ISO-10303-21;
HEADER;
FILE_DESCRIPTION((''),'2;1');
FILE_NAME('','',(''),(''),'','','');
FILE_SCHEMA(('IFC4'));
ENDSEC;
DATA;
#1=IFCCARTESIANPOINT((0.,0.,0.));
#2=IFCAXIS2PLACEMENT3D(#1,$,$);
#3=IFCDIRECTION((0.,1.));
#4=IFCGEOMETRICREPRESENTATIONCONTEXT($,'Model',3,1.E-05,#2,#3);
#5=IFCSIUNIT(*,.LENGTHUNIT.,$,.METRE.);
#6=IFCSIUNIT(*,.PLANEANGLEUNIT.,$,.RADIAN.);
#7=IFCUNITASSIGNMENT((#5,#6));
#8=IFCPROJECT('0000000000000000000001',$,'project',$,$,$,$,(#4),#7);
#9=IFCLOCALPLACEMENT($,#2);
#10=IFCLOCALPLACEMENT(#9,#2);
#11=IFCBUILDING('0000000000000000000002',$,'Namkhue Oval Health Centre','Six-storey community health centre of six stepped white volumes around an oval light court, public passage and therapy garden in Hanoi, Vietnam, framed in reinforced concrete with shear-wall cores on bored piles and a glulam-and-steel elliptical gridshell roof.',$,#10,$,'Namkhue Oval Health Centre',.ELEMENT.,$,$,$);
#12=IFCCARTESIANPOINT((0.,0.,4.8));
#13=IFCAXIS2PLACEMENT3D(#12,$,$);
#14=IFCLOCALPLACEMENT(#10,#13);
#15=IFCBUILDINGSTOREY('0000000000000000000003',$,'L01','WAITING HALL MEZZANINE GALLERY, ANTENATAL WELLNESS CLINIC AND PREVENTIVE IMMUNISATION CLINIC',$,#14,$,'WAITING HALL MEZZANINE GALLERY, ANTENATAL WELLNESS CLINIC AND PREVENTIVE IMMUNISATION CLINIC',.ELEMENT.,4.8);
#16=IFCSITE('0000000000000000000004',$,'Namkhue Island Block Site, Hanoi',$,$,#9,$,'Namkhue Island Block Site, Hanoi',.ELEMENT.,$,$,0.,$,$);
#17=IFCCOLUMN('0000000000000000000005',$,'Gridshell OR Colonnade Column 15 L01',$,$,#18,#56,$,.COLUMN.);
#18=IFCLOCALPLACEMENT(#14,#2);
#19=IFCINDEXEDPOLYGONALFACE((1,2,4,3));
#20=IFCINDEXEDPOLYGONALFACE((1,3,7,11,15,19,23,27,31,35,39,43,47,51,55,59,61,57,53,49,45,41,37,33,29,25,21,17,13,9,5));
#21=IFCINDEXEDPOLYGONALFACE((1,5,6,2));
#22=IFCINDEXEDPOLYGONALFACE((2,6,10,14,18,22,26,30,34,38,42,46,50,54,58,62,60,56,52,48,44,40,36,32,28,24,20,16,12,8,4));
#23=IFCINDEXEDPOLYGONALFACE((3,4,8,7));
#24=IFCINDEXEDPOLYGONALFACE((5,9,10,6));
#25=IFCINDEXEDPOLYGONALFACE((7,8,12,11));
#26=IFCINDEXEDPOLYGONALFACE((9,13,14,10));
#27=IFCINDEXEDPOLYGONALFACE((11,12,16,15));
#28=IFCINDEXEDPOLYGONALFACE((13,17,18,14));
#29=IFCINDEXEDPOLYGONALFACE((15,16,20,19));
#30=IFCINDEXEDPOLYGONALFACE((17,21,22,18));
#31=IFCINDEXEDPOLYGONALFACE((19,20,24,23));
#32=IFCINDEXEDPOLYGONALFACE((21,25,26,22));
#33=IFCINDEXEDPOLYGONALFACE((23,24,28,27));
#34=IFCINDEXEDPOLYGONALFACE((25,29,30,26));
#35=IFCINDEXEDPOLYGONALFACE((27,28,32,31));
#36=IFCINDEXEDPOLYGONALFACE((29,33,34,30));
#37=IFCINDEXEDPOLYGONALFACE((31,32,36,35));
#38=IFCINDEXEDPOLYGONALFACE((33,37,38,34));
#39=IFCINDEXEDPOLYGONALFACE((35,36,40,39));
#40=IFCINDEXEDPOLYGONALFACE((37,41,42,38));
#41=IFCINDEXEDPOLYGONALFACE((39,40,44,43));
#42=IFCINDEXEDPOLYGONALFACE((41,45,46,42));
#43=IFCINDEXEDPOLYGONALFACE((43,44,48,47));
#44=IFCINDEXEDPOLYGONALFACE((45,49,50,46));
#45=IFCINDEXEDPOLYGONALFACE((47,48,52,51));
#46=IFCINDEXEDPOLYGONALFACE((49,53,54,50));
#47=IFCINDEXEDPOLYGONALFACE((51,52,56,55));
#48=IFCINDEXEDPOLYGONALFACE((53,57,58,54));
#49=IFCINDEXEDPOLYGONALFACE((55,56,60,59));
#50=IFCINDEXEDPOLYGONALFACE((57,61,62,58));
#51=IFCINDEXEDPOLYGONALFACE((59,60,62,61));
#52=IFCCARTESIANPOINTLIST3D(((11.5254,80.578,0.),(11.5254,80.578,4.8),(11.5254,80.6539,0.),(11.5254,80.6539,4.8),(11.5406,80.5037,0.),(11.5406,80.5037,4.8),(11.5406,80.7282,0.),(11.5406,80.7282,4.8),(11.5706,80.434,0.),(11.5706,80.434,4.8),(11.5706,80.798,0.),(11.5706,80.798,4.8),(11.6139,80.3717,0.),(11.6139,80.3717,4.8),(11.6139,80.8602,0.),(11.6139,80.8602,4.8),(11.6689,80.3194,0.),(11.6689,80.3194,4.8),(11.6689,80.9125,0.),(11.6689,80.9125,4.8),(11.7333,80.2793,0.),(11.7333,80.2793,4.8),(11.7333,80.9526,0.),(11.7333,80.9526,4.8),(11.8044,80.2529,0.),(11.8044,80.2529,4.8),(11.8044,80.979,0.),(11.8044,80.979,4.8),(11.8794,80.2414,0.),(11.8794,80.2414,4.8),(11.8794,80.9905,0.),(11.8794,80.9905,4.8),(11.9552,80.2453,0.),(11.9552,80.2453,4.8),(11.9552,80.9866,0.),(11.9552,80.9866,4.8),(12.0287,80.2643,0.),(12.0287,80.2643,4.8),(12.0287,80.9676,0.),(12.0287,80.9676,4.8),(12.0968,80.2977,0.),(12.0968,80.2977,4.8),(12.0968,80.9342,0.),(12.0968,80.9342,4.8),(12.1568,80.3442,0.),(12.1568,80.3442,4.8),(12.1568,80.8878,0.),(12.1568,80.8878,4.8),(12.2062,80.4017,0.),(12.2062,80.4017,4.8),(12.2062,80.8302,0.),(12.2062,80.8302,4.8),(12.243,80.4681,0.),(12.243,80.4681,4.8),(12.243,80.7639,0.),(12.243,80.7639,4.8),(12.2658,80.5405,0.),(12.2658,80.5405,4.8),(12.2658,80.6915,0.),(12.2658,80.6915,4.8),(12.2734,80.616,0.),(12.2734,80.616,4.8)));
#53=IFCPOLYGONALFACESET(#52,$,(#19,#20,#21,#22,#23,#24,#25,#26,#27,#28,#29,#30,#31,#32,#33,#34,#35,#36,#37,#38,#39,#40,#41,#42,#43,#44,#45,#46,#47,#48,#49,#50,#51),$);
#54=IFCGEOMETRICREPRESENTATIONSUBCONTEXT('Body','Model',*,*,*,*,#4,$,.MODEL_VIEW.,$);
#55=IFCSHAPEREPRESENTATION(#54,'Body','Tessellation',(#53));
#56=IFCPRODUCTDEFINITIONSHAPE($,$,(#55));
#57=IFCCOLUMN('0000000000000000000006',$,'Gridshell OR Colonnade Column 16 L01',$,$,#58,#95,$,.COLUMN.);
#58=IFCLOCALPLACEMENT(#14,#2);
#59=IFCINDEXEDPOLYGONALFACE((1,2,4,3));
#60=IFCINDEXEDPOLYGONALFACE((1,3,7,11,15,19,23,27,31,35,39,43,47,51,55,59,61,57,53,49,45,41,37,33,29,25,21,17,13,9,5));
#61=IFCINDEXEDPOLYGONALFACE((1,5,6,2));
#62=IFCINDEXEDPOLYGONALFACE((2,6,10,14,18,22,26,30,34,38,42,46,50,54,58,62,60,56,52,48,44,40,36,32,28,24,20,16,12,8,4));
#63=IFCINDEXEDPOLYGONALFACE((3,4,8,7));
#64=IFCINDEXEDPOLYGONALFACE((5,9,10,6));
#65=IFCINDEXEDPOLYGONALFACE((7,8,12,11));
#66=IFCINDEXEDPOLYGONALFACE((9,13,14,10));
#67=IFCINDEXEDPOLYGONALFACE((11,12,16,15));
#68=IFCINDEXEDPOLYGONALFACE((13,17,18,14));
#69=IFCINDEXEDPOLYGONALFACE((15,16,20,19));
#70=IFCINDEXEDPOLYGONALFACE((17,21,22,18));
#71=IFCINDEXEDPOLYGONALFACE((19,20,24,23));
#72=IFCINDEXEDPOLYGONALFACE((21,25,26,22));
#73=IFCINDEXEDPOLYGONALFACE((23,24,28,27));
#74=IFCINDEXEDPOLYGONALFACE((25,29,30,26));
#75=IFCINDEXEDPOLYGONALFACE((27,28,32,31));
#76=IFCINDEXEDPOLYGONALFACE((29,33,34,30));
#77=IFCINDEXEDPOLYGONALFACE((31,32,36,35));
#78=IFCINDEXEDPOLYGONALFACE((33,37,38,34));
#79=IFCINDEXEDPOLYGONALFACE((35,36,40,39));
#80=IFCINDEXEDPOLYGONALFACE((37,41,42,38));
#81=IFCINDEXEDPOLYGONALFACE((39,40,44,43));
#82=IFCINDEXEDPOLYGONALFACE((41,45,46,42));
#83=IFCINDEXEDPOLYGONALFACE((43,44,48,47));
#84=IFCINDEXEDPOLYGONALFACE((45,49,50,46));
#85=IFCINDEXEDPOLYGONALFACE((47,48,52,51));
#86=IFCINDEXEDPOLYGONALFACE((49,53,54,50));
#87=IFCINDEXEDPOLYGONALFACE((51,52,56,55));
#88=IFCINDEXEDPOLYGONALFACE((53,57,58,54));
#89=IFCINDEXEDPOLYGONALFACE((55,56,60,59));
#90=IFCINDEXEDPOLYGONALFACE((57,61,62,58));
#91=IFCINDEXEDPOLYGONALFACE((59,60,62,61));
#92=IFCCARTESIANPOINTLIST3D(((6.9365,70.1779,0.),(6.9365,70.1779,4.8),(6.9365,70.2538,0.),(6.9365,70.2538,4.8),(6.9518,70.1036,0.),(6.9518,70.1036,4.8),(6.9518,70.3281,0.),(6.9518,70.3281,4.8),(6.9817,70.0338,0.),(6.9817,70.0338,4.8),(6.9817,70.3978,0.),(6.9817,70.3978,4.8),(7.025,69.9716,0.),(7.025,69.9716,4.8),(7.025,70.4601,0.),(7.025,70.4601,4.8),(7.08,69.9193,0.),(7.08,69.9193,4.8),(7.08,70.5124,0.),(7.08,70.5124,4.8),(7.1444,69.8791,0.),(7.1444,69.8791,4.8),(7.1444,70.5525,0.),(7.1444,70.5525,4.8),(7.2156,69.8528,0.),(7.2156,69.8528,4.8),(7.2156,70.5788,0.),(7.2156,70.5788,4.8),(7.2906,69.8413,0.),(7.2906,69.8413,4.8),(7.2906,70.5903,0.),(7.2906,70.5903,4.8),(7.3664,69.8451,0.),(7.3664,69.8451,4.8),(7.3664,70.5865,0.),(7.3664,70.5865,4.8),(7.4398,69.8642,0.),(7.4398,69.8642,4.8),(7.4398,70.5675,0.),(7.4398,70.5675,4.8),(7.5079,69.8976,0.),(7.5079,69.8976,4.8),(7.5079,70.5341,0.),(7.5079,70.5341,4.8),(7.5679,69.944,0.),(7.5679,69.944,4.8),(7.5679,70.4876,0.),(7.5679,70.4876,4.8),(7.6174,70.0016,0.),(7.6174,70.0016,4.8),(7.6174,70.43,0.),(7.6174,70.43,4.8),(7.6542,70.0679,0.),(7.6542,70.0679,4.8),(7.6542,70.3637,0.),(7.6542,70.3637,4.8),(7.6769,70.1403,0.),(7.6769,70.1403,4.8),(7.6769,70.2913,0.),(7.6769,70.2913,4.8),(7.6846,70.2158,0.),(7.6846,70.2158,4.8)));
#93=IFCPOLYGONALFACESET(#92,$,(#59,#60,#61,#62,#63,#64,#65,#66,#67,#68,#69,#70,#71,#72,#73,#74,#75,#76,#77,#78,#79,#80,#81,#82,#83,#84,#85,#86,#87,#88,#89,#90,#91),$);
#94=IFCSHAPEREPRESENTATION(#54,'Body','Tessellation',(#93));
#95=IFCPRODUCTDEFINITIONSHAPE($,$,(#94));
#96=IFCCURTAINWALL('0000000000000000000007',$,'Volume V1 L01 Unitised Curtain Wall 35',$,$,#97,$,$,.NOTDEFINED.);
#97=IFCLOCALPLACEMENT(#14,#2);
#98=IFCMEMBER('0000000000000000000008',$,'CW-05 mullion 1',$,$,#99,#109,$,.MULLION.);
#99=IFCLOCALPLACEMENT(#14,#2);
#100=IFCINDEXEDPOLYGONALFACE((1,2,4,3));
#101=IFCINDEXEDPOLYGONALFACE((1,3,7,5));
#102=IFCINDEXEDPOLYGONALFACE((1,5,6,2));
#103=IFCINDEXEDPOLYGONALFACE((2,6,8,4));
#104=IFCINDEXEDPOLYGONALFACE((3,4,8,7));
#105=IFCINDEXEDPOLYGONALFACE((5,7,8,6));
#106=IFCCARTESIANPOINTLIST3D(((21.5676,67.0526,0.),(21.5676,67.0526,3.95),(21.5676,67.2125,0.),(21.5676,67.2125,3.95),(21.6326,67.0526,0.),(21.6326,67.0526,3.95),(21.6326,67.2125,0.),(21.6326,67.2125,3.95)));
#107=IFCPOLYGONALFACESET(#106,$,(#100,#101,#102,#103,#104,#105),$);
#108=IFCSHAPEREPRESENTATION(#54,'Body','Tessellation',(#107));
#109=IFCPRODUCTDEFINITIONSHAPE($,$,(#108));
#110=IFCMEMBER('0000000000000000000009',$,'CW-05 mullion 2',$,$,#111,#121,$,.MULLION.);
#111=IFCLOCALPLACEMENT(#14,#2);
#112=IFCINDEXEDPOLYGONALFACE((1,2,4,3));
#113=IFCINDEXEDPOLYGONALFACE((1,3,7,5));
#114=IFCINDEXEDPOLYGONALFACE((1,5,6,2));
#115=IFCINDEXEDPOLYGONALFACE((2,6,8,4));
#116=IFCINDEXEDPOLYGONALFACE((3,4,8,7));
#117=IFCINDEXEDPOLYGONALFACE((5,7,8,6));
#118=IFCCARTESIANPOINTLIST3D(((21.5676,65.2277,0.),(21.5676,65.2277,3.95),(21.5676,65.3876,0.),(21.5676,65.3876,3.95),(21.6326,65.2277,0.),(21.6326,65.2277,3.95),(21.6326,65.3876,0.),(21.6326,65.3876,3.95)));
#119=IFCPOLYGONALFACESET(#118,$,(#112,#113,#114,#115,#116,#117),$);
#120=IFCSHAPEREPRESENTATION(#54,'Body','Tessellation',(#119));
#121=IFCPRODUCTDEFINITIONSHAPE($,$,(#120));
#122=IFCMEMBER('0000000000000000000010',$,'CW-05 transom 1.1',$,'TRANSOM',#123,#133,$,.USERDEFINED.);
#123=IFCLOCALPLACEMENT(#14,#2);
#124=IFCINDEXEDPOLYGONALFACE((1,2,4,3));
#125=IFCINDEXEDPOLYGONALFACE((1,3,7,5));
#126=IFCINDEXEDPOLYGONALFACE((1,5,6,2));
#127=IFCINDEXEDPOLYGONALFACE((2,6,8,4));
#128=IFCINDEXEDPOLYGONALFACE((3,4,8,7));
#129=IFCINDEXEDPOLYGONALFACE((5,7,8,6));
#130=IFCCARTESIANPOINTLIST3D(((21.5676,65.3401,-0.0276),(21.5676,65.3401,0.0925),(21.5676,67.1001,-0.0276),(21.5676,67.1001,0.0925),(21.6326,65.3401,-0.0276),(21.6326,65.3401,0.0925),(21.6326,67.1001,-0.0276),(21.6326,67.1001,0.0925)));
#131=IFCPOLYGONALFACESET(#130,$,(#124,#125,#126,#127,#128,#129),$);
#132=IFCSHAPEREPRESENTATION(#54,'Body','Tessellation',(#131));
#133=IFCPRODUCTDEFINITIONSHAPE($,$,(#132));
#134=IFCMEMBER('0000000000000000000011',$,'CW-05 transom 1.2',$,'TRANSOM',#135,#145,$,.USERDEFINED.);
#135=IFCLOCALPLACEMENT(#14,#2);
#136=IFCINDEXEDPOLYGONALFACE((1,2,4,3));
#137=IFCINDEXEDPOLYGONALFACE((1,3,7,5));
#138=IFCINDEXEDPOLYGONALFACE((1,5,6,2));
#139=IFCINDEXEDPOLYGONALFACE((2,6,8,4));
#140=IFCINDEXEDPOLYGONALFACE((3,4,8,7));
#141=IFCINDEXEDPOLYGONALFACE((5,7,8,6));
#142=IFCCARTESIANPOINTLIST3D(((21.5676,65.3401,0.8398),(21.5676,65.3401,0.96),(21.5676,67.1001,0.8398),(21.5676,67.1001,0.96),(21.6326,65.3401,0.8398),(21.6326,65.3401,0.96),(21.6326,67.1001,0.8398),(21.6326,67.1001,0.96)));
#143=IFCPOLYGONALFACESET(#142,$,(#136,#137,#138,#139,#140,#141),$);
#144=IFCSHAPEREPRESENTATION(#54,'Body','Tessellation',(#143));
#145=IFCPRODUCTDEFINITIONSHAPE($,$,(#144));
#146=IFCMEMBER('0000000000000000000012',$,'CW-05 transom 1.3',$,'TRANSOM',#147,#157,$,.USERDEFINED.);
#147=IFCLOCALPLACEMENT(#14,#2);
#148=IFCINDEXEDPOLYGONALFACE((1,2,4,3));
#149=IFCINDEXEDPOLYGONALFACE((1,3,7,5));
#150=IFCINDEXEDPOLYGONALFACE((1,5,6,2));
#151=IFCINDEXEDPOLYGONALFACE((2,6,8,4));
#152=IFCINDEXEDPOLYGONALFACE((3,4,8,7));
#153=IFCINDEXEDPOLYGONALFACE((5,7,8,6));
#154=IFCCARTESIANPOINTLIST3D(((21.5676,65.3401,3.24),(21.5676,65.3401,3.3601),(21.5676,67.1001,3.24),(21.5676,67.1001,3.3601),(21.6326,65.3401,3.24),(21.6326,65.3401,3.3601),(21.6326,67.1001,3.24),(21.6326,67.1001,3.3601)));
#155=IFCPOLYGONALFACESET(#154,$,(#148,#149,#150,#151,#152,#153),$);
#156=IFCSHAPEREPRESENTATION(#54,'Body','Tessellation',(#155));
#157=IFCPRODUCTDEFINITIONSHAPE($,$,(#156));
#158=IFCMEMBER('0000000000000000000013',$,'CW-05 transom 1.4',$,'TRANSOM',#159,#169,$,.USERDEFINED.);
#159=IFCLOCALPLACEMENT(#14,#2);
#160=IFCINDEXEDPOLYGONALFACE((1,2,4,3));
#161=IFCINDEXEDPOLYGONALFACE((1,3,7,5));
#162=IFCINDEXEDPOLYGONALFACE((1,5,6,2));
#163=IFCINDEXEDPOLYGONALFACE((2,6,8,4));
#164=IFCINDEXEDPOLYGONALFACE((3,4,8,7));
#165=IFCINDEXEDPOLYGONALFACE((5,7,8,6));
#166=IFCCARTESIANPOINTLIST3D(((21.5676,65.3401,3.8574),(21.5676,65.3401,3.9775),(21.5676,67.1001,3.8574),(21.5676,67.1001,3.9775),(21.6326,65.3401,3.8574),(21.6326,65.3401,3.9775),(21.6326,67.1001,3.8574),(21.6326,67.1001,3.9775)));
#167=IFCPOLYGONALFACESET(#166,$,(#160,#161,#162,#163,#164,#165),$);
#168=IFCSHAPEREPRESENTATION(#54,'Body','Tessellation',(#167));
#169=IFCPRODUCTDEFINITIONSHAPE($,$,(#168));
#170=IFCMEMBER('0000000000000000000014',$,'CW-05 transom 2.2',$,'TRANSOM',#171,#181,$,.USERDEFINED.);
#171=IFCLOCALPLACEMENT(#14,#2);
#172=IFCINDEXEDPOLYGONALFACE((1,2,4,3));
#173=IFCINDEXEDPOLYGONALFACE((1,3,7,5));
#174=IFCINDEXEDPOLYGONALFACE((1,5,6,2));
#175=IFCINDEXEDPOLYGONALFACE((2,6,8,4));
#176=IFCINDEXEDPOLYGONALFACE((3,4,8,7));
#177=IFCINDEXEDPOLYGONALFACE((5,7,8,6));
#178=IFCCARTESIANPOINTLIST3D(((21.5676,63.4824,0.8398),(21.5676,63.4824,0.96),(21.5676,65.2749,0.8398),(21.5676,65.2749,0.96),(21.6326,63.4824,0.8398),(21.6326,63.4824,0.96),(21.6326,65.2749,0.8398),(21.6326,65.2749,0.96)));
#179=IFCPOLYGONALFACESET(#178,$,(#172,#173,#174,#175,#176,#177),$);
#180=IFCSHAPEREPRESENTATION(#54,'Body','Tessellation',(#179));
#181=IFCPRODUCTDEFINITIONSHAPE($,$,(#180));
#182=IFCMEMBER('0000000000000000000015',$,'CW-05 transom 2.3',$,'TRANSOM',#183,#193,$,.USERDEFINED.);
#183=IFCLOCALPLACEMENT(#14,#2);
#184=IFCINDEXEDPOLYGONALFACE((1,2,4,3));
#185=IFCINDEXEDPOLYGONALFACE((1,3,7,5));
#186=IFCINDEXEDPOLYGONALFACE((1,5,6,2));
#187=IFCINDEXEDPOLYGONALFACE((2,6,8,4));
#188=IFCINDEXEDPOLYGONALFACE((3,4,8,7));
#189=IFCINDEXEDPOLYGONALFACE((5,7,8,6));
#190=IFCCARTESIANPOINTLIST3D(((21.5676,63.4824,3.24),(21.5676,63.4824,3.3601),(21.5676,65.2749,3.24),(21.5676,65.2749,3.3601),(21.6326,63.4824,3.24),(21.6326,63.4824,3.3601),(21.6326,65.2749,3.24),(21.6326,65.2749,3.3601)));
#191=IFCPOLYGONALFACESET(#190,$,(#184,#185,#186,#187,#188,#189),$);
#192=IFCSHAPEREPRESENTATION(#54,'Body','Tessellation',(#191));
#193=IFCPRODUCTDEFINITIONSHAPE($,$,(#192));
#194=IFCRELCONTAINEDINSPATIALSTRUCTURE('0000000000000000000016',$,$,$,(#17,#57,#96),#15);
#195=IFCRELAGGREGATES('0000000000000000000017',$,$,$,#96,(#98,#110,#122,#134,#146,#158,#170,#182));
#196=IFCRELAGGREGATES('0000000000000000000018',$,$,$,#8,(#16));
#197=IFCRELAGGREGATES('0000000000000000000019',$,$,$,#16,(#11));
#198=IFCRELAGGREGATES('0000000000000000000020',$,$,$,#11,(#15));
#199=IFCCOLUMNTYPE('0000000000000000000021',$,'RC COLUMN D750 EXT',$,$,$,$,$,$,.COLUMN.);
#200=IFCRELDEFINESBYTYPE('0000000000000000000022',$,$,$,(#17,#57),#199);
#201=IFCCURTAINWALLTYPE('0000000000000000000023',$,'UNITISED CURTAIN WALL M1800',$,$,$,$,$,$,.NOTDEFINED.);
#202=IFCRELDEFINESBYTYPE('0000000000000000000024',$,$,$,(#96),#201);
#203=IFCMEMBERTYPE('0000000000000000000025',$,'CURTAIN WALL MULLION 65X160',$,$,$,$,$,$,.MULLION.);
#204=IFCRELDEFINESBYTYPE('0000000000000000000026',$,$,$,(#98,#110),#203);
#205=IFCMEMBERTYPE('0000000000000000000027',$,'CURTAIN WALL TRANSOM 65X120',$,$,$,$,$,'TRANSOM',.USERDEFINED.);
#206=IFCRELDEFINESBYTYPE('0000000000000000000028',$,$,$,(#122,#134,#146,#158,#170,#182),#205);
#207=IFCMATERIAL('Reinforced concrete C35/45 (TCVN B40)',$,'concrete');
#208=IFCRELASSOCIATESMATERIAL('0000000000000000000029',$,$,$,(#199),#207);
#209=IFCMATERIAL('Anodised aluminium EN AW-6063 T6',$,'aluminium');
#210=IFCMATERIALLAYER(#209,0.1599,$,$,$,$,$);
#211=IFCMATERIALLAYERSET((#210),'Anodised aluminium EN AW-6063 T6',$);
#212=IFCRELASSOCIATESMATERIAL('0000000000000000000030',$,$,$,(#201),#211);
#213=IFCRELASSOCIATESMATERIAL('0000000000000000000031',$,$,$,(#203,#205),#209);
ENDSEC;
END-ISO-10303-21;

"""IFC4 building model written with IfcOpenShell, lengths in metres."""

from ifc_helpers import new_model, si_unit, direction, frame, origin, origin_2d, place, context, subcontext, project, spatial, rectangle, circle, extrude, material, layer, layer_set, material_profile, profile_set, type_object, element, aggregate, save


model = new_model("IFC4")

# Units and contexts
model_context = context("Model", 3, precision=1e-05, world=origin(), true_north=direction((0.0, 1.0)))
body_context = subcontext(model_context, "Body", "Model", "MODEL_VIEW")
ifc_project = project(units=[si_unit("LENGTHUNIT", "METRE"), si_unit("PLANEANGLEUNIT", "RADIAN")], contexts=[model_context])

# Site, building, storey
site_placement = place(None, origin())
site = spatial("IfcSite", under=ifc_project, at=site_placement, Name="Namkhue Island Block Site, Hanoi", LongName="Namkhue Island Block Site, Hanoi", CompositionType="ELEMENT", RefElevation=0.0)
building_placement = place(site_placement, origin())
building = spatial("IfcBuilding", under=site, at=building_placement, Name="Namkhue Oval Health Centre", Description="Six-storey community health centre of six stepped white volumes around an oval light court, public passage and therapy garden in Hanoi, Vietnam, framed in reinforced concrete with shear-wall cores on bored piles and a glulam-and-steel elliptical gridshell roof.", LongName="Namkhue Oval Health Centre", CompositionType="ELEMENT")
storey_placement = place(building_placement, frame((0.0, 0.0, 4.8)))
storey = spatial("IfcBuildingStorey", under=building, at=storey_placement, Name="L01", Description="WAITING HALL MEZZANINE GALLERY, ANTENATAL WELLNESS CLINIC AND PREVENTIVE IMMUNISATION CLINIC", LongName="WAITING HALL MEZZANINE GALLERY, ANTENATAL WELLNESS CLINIC AND PREVENTIVE IMMUNISATION CLINIC", CompositionType="ELEMENT", Elevation=4.8)

# Columns
ifc_material_1 = material(Name="Reinforced concrete C35/45 (TCVN B40)", Category="concrete")
ifc_material_profile_1 = material_profile(ifc_material_1, circle(Radius=0.375, at=origin_2d()), Name="RC D750")
ifc_profile_set_1 = profile_set([ifc_material_profile_1], Name="Reinforced concrete C35/45 (TCVN B40)")
column_type = type_object("IfcColumnType", Name="RC COLUMN D750 EXT", PredefinedType="COLUMN", material=ifc_profile_set_1)
for number, where, z_axis, x_axis, name in (
    (1, (11.8984, 80.616, 0.0), (0.0, 0.0, 1.0), (1.0, 0.0, 0.0), "Gridshell OR Colonnade Column 15 L01"),
    (2, (7.3096, 70.2158, 0.0), (0.0, 0.0, 1.0), (1.0, 0.0, 0.0), "Gridshell OR Colonnade Column 16 L01"),
):
    element("IfcColumn", number, at=place(storey_placement, frame(where, z_axis=z_axis, x_axis=x_axis)), inside=storey, type_object=column_type, Name=name, PredefinedType="COLUMN", context=body_context, shape_type="SweptSolid", body=[
        extrude(circle(Radius=0.375, at=origin_2d()), origin(), (0.0, 0.0, 1.0), 4.8),
    ])

# Curtain wall, members
ifc_material_2 = material(Name="Anodised aluminium EN AW-6063 T6", Category="aluminium")
ifc_layer_1 = layer(ifc_material_2, 0.1599)
ifc_layer_set_1 = layer_set([ifc_layer_1], Name="Anodised aluminium EN AW-6063 T6")
curtain_wall_type = type_object("IfcCurtainWallType", Name="UNITISED CURTAIN WALL M1800", PredefinedType="NOTDEFINED", material=ifc_layer_set_1)
curtain_wall_placement = place(storey_placement, origin())
curtain_wall = element("IfcCurtainWall", 3, at=curtain_wall_placement, inside=storey, type_object=curtain_wall_type, Name="Volume V1 L01 Unitised Curtain Wall 35", PredefinedType="NOTDEFINED")
ifc_material_profile_2 = material_profile(ifc_material_2, rectangle(XDim=0.0649, YDim=0.1599, at=origin_2d()), Name="ALU 65x160")
ifc_profile_set_2 = profile_set([ifc_material_profile_2], Name="Anodised aluminium EN AW-6063 T6")
member_type_1 = type_object("IfcMemberType", Name="CURTAIN WALL MULLION 65X160", PredefinedType="MULLION", material=ifc_profile_set_2)
member_1_placement = place(storey_placement, frame((21.6001, 67.1326, 0.0), z_axis=(0.0, 0.0, 1.0), x_axis=(1.0, 0.0, 0.0)))
member_1 = element("IfcMember", 4, at=member_1_placement, type_object=member_type_1, Name="CW-05 mullion 1", PredefinedType="MULLION", context=body_context, shape_type="SweptSolid", body=[
    extrude(rectangle(XDim=0.0649, YDim=0.1599, at=origin_2d()), origin(), (0.0, 0.0, 1.0), 3.95),
])
member_2_placement = place(storey_placement, frame((21.6001, 65.3076, 0.0), z_axis=(0.0, 0.0, 1.0), x_axis=(1.0, 0.0, 0.0)))
member_2 = element("IfcMember", 5, at=member_2_placement, type_object=member_type_1, Name="CW-05 mullion 2", PredefinedType="MULLION", context=body_context, shape_type="SweptSolid", body=[
    extrude(rectangle(XDim=0.0649, YDim=0.1599, at=origin_2d()), origin(), (0.0, 0.0, 1.0), 3.95),
])
ifc_material_profile_3 = material_profile(ifc_material_2, rectangle(XDim=0.0649, YDim=0.1201, at=origin_2d()), Name="ALU 65x120")
ifc_profile_set_3 = profile_set([ifc_material_profile_3], Name="Anodised aluminium EN AW-6063 T6")
member_type_2 = type_object("IfcMemberType", Name="CURTAIN WALL TRANSOM 65X120", ElementType="TRANSOM", PredefinedType="USERDEFINED", material=ifc_profile_set_3)
member_3_placement = place(storey_placement, frame((21.6001, 67.1001, 0.0325), z_axis=(0.0, -1.0, 0.0), x_axis=(1.0, 0.0, 0.0)))
member_3 = element("IfcMember", 6, at=member_3_placement, type_object=member_type_2, Name="CW-05 transom 1.1", ObjectType="TRANSOM", PredefinedType="USERDEFINED", context=body_context, shape_type="SweptSolid", body=[
    extrude(rectangle(XDim=0.0649, YDim=0.1201, at=origin_2d()), origin(), (0.0, 0.0, 1.0), 1.76),
])
member_4_placement = place(storey_placement, frame((21.6001, 67.1001, 0.8999), z_axis=(0.0, -1.0, 0.0), x_axis=(1.0, 0.0, 0.0)))
member_4 = element("IfcMember", 7, at=member_4_placement, type_object=member_type_2, Name="CW-05 transom 1.2", ObjectType="TRANSOM", PredefinedType="USERDEFINED", context=body_context, shape_type="SweptSolid", body=[
    extrude(rectangle(XDim=0.0649, YDim=0.1201, at=origin_2d()), origin(), (0.0, 0.0, 1.0), 1.76),
])
member_5_placement = place(storey_placement, frame((21.6001, 67.1001, 3.3), z_axis=(0.0, -1.0, 0.0), x_axis=(1.0, 0.0, 0.0)))
member_5 = element("IfcMember", 8, at=member_5_placement, type_object=member_type_2, Name="CW-05 transom 1.3", ObjectType="TRANSOM", PredefinedType="USERDEFINED", context=body_context, shape_type="SweptSolid", body=[
    extrude(rectangle(XDim=0.0649, YDim=0.1201, at=origin_2d()), origin(), (0.0, 0.0, 1.0), 1.76),
])
member_6_placement = place(storey_placement, frame((21.6001, 67.1001, 3.9175), z_axis=(0.0, -1.0, 0.0), x_axis=(1.0, 0.0, 0.0)))
member_6 = element("IfcMember", 9, at=member_6_placement, type_object=member_type_2, Name="CW-05 transom 1.4", ObjectType="TRANSOM", PredefinedType="USERDEFINED", context=body_context, shape_type="SweptSolid", body=[
    extrude(rectangle(XDim=0.0649, YDim=0.1201, at=origin_2d()), origin(), (0.0, 0.0, 1.0), 1.76),
])
member_7_placement = place(storey_placement, frame((21.6001, 65.2749, 0.8999), z_axis=(0.0, -1.0, 0.0), x_axis=(1.0, 0.0, 0.0)))
member_7 = element("IfcMember", 10, at=member_7_placement, type_object=member_type_2, Name="CW-05 transom 2.2", ObjectType="TRANSOM", PredefinedType="USERDEFINED", context=body_context, shape_type="SweptSolid", body=[
    extrude(rectangle(XDim=0.0649, YDim=0.1201, at=origin_2d()), origin(), (0.0, 0.0, 1.0), 1.7925),
])
member_8_placement = place(storey_placement, frame((21.6001, 65.2749, 3.3), z_axis=(0.0, -1.0, 0.0), x_axis=(1.0, 0.0, 0.0)))
member_8 = element("IfcMember", 11, at=member_8_placement, type_object=member_type_2, Name="CW-05 transom 2.3", ObjectType="TRANSOM", PredefinedType="USERDEFINED", context=body_context, shape_type="SweptSolid", body=[
    extrude(rectangle(XDim=0.0649, YDim=0.1201, at=origin_2d()), origin(), (0.0, 0.0, 1.0), 1.7925),
])
aggregate(curtain_wall, [member_1, member_2, member_3, member_4, member_5, member_6, member_7, member_8])

save(model, "model.ifc")
